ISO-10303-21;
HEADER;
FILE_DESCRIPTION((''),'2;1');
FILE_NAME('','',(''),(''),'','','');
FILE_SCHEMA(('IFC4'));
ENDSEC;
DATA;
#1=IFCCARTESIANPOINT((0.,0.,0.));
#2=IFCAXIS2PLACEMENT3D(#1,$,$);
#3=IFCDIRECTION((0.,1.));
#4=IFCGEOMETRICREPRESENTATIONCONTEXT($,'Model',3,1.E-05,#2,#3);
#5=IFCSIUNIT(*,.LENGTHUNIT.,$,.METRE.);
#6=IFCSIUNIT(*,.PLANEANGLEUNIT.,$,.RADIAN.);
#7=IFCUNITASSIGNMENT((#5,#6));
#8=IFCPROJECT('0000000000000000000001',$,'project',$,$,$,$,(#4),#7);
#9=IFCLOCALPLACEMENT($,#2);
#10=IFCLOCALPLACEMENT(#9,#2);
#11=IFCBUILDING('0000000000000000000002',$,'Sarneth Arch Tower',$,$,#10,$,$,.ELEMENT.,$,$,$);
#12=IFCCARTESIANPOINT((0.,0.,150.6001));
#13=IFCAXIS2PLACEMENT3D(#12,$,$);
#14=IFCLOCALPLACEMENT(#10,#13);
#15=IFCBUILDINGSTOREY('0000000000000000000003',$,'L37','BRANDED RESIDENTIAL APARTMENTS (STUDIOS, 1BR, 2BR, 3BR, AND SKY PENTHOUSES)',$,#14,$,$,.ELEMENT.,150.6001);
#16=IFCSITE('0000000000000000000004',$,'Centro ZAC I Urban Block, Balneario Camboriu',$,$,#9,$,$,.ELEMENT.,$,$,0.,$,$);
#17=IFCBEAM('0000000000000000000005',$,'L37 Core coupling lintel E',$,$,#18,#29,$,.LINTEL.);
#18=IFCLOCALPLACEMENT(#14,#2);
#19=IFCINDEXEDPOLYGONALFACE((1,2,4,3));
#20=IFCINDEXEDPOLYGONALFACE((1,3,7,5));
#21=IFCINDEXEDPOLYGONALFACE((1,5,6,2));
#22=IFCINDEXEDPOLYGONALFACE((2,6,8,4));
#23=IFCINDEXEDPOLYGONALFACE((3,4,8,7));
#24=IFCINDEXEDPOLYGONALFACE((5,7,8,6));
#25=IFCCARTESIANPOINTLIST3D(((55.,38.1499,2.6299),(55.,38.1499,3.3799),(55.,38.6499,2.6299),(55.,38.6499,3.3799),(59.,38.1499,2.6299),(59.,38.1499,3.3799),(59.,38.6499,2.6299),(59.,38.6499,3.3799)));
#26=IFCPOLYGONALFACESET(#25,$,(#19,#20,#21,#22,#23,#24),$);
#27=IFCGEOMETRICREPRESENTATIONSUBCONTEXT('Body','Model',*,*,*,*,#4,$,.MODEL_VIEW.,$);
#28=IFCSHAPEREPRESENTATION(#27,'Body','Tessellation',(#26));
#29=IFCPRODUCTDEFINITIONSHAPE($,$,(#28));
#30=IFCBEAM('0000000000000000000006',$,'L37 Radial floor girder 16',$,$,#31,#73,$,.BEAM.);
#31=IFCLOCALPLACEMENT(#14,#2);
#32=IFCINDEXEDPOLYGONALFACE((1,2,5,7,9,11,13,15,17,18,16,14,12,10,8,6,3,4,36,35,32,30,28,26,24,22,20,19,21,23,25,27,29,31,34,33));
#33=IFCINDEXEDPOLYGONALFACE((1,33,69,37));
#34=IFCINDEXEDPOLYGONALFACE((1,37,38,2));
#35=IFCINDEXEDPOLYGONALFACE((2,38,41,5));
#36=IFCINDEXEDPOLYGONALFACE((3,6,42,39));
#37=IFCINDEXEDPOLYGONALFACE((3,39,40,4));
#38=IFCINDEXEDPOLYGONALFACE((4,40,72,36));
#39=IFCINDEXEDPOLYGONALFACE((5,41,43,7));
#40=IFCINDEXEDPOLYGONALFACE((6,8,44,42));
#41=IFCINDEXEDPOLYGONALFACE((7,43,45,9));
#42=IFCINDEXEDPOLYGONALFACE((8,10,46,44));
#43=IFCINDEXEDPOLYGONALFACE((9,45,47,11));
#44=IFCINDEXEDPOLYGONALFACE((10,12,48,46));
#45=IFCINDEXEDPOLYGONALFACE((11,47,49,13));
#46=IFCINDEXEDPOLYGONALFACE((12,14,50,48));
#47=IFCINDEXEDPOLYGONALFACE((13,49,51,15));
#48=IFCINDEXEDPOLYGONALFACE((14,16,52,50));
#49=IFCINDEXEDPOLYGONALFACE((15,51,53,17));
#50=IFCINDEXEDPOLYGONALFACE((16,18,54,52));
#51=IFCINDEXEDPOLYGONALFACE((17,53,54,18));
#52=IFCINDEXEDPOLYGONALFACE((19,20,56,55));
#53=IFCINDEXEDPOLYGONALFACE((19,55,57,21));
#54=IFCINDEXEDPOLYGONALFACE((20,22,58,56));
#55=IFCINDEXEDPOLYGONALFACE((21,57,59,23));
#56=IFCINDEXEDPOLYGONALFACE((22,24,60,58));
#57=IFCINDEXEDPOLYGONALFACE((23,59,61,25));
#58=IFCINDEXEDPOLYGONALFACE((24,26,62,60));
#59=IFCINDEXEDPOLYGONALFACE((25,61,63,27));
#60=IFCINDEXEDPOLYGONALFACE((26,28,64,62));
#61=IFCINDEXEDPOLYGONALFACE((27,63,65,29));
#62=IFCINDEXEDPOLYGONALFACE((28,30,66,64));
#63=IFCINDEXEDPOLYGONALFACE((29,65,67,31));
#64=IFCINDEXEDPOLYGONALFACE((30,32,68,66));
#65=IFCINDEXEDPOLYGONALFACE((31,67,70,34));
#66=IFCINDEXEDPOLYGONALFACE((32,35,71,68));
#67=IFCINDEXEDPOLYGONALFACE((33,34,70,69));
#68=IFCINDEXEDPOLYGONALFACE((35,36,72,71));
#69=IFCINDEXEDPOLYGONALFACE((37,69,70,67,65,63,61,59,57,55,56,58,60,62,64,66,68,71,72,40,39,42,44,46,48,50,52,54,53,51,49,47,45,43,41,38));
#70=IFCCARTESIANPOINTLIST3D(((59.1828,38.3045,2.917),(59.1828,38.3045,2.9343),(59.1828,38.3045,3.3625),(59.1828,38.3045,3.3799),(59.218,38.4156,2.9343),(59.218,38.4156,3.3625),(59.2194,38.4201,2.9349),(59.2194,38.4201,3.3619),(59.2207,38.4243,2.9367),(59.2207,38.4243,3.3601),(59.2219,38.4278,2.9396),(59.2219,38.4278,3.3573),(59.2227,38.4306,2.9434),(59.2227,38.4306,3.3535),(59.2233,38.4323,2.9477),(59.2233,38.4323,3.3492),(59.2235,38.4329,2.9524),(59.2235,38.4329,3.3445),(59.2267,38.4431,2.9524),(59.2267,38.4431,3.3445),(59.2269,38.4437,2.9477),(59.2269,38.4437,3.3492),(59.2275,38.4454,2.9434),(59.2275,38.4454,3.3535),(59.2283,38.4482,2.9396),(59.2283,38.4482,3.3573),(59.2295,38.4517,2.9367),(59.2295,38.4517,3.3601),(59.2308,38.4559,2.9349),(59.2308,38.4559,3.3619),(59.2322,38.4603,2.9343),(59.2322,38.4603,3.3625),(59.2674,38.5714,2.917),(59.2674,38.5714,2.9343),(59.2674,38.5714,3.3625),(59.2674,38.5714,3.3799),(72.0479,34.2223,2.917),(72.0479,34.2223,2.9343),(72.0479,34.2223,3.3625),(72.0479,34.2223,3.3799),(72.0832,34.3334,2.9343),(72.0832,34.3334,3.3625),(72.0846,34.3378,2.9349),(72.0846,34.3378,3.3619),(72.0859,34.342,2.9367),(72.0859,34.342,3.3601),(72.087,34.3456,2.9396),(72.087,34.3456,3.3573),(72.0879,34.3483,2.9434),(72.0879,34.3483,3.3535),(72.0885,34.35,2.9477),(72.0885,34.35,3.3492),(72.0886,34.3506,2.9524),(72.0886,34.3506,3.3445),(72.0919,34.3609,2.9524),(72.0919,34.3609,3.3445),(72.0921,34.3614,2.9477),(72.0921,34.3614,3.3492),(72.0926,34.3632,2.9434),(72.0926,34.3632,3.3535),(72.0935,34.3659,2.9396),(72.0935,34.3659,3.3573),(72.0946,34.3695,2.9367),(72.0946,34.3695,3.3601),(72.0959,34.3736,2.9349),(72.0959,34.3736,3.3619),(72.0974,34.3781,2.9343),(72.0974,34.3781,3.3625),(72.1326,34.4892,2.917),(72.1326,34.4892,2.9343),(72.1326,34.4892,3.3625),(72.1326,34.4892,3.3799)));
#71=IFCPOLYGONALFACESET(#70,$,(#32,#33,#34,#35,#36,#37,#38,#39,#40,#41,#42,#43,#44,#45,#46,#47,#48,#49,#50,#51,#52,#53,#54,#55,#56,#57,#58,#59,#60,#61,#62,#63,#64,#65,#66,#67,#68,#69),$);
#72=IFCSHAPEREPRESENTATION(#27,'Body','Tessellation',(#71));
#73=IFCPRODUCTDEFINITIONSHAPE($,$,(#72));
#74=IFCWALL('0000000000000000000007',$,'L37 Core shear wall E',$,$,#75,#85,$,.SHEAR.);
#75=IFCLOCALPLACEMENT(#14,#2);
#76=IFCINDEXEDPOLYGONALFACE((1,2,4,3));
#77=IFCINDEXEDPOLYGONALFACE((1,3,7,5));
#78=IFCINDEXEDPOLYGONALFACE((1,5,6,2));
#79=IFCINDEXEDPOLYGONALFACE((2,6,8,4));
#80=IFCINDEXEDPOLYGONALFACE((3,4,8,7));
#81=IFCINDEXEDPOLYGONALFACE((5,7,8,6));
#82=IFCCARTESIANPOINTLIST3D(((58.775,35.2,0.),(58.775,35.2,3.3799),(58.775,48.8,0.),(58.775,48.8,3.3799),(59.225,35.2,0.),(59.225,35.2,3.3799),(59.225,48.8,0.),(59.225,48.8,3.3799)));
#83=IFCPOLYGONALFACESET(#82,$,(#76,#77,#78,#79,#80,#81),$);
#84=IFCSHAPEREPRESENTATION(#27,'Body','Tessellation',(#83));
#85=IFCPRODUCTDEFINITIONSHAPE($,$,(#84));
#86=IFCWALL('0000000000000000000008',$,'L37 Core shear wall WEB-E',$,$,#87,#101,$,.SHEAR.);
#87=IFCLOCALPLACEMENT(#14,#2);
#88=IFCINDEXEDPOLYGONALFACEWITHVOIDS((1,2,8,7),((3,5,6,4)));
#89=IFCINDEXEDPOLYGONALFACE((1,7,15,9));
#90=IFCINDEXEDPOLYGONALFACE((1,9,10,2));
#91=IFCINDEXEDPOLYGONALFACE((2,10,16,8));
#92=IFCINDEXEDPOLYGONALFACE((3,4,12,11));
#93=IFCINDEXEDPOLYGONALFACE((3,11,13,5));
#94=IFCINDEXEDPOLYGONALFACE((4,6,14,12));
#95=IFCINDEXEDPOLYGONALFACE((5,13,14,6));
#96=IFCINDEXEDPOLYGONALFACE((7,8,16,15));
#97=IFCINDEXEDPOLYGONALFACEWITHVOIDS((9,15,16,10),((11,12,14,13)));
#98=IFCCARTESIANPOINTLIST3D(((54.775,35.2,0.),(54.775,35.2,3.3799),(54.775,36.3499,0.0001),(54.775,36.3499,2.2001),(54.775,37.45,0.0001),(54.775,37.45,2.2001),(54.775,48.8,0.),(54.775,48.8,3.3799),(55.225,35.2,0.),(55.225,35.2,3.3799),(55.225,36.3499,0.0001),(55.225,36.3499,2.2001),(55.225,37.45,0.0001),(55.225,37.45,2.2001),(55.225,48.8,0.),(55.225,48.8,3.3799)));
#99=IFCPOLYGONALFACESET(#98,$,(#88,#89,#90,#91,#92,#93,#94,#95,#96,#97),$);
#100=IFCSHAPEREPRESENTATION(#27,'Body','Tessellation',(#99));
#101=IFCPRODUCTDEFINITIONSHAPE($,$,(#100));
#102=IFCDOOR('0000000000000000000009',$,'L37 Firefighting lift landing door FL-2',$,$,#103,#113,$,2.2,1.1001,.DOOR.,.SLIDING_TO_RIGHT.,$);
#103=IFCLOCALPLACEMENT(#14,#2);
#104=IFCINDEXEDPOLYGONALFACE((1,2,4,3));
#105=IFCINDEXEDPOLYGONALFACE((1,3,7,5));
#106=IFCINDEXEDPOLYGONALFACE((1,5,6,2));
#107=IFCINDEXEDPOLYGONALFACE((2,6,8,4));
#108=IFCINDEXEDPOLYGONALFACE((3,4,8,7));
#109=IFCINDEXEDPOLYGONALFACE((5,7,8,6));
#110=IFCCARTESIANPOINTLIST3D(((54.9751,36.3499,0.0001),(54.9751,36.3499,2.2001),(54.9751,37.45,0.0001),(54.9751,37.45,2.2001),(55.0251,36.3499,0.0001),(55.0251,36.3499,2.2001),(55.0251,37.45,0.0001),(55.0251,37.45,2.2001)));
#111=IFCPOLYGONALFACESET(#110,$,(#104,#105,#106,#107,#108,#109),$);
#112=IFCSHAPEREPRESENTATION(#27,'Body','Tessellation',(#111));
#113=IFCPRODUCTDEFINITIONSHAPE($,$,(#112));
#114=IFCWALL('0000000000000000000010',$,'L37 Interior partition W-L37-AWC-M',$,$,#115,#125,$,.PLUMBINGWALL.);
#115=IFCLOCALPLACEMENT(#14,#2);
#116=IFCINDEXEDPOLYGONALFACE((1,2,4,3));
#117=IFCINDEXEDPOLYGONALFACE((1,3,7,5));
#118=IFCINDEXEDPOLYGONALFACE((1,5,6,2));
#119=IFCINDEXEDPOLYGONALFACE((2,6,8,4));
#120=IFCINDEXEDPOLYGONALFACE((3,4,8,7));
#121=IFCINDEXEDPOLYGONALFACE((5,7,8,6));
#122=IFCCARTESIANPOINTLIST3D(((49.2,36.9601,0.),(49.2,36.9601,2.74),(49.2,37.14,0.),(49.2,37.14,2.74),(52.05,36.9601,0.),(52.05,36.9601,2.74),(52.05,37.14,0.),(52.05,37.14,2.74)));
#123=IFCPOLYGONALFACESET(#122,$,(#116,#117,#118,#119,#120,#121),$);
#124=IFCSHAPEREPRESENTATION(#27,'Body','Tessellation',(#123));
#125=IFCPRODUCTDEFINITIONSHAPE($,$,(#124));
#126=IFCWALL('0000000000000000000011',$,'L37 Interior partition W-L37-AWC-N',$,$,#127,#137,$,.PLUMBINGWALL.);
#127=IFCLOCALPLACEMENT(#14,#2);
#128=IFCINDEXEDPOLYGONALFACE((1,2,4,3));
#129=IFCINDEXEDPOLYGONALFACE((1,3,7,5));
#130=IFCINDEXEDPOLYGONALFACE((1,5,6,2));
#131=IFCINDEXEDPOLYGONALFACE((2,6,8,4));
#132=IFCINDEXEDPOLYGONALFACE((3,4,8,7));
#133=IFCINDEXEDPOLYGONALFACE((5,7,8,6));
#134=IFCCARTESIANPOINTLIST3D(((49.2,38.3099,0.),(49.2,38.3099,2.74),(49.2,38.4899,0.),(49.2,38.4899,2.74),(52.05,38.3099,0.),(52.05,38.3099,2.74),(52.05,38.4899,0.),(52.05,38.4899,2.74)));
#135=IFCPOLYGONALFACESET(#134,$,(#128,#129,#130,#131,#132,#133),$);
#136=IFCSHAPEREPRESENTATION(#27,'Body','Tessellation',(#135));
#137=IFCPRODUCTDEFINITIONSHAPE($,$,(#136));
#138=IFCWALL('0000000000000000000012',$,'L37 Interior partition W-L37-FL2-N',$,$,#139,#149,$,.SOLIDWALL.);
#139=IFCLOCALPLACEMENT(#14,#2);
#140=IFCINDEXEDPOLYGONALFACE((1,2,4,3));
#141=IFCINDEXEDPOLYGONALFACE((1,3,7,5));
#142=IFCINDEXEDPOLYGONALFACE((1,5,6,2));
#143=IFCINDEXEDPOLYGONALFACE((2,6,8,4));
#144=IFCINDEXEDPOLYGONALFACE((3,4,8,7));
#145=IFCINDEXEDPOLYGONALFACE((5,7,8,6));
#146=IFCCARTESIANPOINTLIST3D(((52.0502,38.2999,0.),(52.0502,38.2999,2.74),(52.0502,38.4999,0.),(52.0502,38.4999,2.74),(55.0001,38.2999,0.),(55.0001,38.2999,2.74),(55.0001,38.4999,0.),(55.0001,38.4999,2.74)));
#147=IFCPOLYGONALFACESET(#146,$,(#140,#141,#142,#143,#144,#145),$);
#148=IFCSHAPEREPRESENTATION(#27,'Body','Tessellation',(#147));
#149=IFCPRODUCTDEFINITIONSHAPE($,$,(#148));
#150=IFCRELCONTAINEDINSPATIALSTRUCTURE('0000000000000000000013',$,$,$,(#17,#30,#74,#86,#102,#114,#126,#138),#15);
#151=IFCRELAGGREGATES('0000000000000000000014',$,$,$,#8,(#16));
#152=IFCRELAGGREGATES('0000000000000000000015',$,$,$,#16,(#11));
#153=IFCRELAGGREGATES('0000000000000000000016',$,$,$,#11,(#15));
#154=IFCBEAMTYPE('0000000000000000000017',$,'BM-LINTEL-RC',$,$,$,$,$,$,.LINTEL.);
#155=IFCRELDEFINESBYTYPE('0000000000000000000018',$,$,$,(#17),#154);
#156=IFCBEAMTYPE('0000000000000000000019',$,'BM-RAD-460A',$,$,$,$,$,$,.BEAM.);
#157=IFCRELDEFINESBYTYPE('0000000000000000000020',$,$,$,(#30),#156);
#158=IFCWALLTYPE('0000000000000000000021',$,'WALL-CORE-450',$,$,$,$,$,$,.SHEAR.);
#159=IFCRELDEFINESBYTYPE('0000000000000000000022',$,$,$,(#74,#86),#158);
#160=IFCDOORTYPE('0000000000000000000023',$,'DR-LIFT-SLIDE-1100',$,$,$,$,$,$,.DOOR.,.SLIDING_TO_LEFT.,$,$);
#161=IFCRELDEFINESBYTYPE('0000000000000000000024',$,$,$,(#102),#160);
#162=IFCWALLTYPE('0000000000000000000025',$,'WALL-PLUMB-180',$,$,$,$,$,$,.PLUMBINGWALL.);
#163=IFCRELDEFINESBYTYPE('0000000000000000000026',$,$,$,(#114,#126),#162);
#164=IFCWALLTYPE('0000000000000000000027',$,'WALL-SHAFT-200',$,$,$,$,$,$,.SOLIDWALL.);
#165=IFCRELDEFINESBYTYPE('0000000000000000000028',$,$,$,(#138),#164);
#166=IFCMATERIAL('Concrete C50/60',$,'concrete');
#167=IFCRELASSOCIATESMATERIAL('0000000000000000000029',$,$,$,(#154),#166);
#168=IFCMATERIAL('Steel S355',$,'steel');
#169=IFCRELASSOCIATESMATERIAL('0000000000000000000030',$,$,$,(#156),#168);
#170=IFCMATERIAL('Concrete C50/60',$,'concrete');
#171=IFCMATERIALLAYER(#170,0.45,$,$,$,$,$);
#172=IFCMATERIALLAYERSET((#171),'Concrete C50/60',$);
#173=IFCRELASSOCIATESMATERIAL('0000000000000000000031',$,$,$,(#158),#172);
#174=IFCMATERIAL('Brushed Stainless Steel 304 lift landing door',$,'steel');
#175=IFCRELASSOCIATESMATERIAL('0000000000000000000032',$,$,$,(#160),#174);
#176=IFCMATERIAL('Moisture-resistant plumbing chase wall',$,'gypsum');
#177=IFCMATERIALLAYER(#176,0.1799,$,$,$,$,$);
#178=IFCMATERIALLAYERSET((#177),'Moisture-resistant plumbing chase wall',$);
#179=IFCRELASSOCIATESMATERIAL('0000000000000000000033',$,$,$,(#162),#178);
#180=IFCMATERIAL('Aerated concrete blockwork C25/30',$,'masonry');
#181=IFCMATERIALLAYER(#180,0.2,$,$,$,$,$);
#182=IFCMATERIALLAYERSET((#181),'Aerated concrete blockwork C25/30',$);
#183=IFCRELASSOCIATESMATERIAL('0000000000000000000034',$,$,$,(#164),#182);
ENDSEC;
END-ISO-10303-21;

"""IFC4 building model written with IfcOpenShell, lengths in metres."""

from ifc_helpers import new_model, si_unit, direction, frame, frame_2d, origin, origin_2d, place, context, subcontext, project, spatial, rectangle, i_section, extrude, material, layer, layer_set, material_profile, profile_set, type_object, element, fill, save


model = new_model("IFC4")

# Units and contexts
model_context = context("Model", 3, precision=1e-05, world=origin(), true_north=direction((0.0, 1.0)))
body_context = subcontext(model_context, "Body", "Model", "MODEL_VIEW")
ifc_project = project(units=[si_unit("LENGTHUNIT", "METRE"), si_unit("PLANEANGLEUNIT", "RADIAN")], contexts=[model_context])

# Site, building, storey
site_placement = place(None, origin())
site = spatial("IfcSite", under=ifc_project, at=site_placement, Name="Centro ZAC I Urban Block, Balneario Camboriu", CompositionType="ELEMENT", RefElevation=0.0)
building_placement = place(site_placement, origin())
building = spatial("IfcBuilding", under=site, at=building_placement, Name="Sarneth Arch Tower", CompositionType="ELEMENT")
storey_placement = place(building_placement, frame((0.0, 0.0, 150.6001)))
storey = spatial("IfcBuildingStorey", under=building, at=storey_placement, Name="L37", Description="BRANDED RESIDENTIAL APARTMENTS (STUDIOS, 1BR, 2BR, 3BR, AND SKY PENTHOUSES)", CompositionType="ELEMENT", Elevation=150.6001)

# Beams
ifc_material_1 = material(Name="Concrete C50/60", Category="concrete")
ifc_material_profile_1 = material_profile(ifc_material_1, rectangle(XDim=0.5, YDim=0.75, at=origin_2d()), Name="RC-500x750")
ifc_profile_set_1 = profile_set([ifc_material_profile_1], Name="Concrete C50/60")
beam_type_1 = type_object("IfcBeamType", Name="BM-LINTEL-RC", PredefinedType="LINTEL", material=ifc_profile_set_1)
beam_1_placement = place(storey_placement, frame((55.0, 38.3999, 3.0049), z_axis=(1.0, 0.0, 0.0), x_axis=(0.0, 1.0, 0.0)))
element("IfcBeam", 1, at=beam_1_placement, inside=storey, type_object=beam_type_1, Name="L37 Core coupling lintel E", PredefinedType="LINTEL", context=body_context, shape_type="SweptSolid", body=[
    extrude(rectangle(XDim=0.5, YDim=0.75, at=origin_2d()), origin(), (0.0, 0.0, 1.0), 4.0),
])
ifc_material_2 = material(Name="Steel S355", Category="steel")
ifc_material_profile_2 = material_profile(ifc_material_2, i_section(OverallWidth=0.28, OverallDepth=0.4629, WebThickness=0.0107, FlangeThickness=0.0173, FilletRadius=0.0181, at=origin_2d()), Name="W460x113")
ifc_profile_set_2 = profile_set([ifc_material_profile_2], Name="Steel S355")
beam_type_2 = type_object("IfcBeamType", Name="BM-RAD-460A", PredefinedType="BEAM", material=ifc_profile_set_2)
beam_2_placement = place(storey_placement, frame((59.2251, 38.438, 3.1484), z_axis=(0.953165, -0.302449, 0.0), x_axis=(0.302449, 0.953165, 0.0)))
element("IfcBeam", 2, at=beam_2_placement, inside=storey, type_object=beam_type_2, Name="L37 Radial floor girder 16", PredefinedType="BEAM", context=body_context, shape_type="SweptSolid", body=[
    extrude(i_section(OverallWidth=0.28, OverallDepth=0.4629, WebThickness=0.0107, FlangeThickness=0.0173, FilletRadius=0.0181, at=origin_2d()), origin(), (0.0, 0.0, 1.0), 13.4973),
])

# Wall
ifc_material_3 = material(Name="Concrete C50/60", Category="concrete")
ifc_layer_1 = layer(ifc_material_3, 0.45)
ifc_layer_set_1 = layer_set([ifc_layer_1], Name="Concrete C50/60")
wall_type_1 = type_object("IfcWallType", Name="WALL-CORE-450", PredefinedType="SHEAR", material=ifc_layer_set_1)
wall_1_placement = place(storey_placement, frame((59.0, 35.2, 0.0), z_axis=(0.0, 0.0, 1.0), x_axis=(0.0, 1.0, 0.0)))
element("IfcWall", 3, at=wall_1_placement, inside=storey, type_object=wall_type_1, Name="L37 Core shear wall E", PredefinedType="SHEAR", context=body_context, shape_type="SweptSolid", body=[
    extrude(rectangle(XDim=13.6001, YDim=0.45, at=frame_2d((6.8, 0.0))), origin(), (0.0, 0.0, 1.0), 3.3799),
])

# Wall, opening, door
wall_2_placement = place(storey_placement, frame((55.0, 35.2, 0.0), z_axis=(0.0, 0.0, 1.0), x_axis=(0.0, 1.0, 0.0)))
wall_2 = element("IfcWall", 4, at=wall_2_placement, inside=storey, type_object=wall_type_1, Name="L37 Core shear wall WEB-E", PredefinedType="SHEAR", context=body_context, shape_type="SweptSolid", body=[
    extrude(rectangle(XDim=13.6001, YDim=0.45, at=frame_2d((6.8, 0.0))), origin(), (0.0, 0.0, 1.0), 3.3799),
])
opening_1_placement = place(wall_2_placement, frame((1.1499, 0.0, 0.0)))
opening_1 = element("IfcOpeningElement", 5, at=opening_1_placement, cuts=wall_2, PredefinedType="OPENING", context=body_context, shape_type="SweptSolid", body=[
    extrude(rectangle(XDim=1.1001, YDim=2.2, at=frame_2d((0.55, 1.1001))), frame((0.0, 0.2349, 0.0), z_axis=(0.0, -1.0, 0.0), x_axis=(1.0, 0.0, 0.0)), (0.0, 0.0, 1.0), 0.47),
])
ifc_material_4 = material(Name="Brushed Stainless Steel 304 lift landing door", Category="steel")
door_type_1 = type_object("IfcDoorType", Name="DR-LIFT-SLIDE-1100", OperationType="SLIDING_TO_LEFT", PredefinedType="DOOR", material=ifc_material_4)
door_1_placement = place(opening_1_placement, origin())
door_1 = element("IfcDoor", 6, at=door_1_placement, inside=storey, type_object=door_type_1, Name="L37 Firefighting lift landing door FL-2", OperationType="SLIDING_TO_RIGHT", OverallHeight=2.2, OverallWidth=1.1001, PredefinedType="DOOR", context=body_context, shape_type="SweptSolid", body=[
    extrude(rectangle(XDim=1.1001, YDim=2.2, at=frame_2d((0.55, 1.1001))), frame((0.0, 0.0249, 0.0), z_axis=(0.0, -1.0, 0.0), x_axis=(1.0, 0.0, 0.0)), (0.0, 0.0, 1.0), 0.05),
])
fill(opening_1, door_1)

# Walls
ifc_material_5 = material(Name="Moisture-resistant plumbing chase wall", Category="gypsum")
ifc_layer_2 = layer(ifc_material_5, 0.1799)
ifc_layer_set_2 = layer_set([ifc_layer_2], Name="Moisture-resistant plumbing chase wall")
wall_type_2 = type_object("IfcWallType", Name="WALL-PLUMB-180", PredefinedType="PLUMBINGWALL", material=ifc_layer_set_2)
for number, where, z_axis, x_axis, name in (
    (7, (49.2, 37.05, 0.0), (0.0, 0.0, 1.0), (1.0, 0.0, 0.0), "L37 Interior partition W-L37-AWC-M"),
    (8, (49.2, 38.3999, 0.0), (0.0, 0.0, 1.0), (1.0, 0.0, 0.0), "L37 Interior partition W-L37-AWC-N"),
):
    element("IfcWall", number, at=place(storey_placement, frame(where, z_axis=z_axis, x_axis=x_axis)), inside=storey, type_object=wall_type_2, Name=name, PredefinedType="PLUMBINGWALL", context=body_context, shape_type="SweptSolid", body=[
        extrude(rectangle(XDim=2.8501, YDim=0.1799, at=frame_2d((1.425, 0.0))), origin(), (0.0, 0.0, 1.0), 2.74),
    ])

# Shared definitions
ifc_material_6 = material(Name="Aerated concrete blockwork C25/30", Category="masonry")
ifc_layer_3 = layer(ifc_material_6, 0.2)
ifc_layer_set_3 = layer_set([ifc_layer_3], Name="Aerated concrete blockwork C25/30")
wall_type_3 = type_object("IfcWallType", Name="WALL-SHAFT-200", PredefinedType="SOLIDWALL", material=ifc_layer_set_3)

# Wall
wall_3_placement = place(storey_placement, frame((52.05, 38.3999, 0.0), z_axis=(0.0, 0.0, 1.0), x_axis=(1.0, 0.0, 0.0)))
element("IfcWall", 9, at=wall_3_placement, inside=storey, type_object=wall_type_3, Name="L37 Interior partition W-L37-FL2-N", PredefinedType="SOLIDWALL", context=body_context, shape_type="SweptSolid", body=[
    extrude(rectangle(XDim=2.95, YDim=0.2, at=frame_2d((1.4751, 0.0))), origin(), (0.0, 0.0, 1.0), 2.74),
])

save(model, "model.ifc")
